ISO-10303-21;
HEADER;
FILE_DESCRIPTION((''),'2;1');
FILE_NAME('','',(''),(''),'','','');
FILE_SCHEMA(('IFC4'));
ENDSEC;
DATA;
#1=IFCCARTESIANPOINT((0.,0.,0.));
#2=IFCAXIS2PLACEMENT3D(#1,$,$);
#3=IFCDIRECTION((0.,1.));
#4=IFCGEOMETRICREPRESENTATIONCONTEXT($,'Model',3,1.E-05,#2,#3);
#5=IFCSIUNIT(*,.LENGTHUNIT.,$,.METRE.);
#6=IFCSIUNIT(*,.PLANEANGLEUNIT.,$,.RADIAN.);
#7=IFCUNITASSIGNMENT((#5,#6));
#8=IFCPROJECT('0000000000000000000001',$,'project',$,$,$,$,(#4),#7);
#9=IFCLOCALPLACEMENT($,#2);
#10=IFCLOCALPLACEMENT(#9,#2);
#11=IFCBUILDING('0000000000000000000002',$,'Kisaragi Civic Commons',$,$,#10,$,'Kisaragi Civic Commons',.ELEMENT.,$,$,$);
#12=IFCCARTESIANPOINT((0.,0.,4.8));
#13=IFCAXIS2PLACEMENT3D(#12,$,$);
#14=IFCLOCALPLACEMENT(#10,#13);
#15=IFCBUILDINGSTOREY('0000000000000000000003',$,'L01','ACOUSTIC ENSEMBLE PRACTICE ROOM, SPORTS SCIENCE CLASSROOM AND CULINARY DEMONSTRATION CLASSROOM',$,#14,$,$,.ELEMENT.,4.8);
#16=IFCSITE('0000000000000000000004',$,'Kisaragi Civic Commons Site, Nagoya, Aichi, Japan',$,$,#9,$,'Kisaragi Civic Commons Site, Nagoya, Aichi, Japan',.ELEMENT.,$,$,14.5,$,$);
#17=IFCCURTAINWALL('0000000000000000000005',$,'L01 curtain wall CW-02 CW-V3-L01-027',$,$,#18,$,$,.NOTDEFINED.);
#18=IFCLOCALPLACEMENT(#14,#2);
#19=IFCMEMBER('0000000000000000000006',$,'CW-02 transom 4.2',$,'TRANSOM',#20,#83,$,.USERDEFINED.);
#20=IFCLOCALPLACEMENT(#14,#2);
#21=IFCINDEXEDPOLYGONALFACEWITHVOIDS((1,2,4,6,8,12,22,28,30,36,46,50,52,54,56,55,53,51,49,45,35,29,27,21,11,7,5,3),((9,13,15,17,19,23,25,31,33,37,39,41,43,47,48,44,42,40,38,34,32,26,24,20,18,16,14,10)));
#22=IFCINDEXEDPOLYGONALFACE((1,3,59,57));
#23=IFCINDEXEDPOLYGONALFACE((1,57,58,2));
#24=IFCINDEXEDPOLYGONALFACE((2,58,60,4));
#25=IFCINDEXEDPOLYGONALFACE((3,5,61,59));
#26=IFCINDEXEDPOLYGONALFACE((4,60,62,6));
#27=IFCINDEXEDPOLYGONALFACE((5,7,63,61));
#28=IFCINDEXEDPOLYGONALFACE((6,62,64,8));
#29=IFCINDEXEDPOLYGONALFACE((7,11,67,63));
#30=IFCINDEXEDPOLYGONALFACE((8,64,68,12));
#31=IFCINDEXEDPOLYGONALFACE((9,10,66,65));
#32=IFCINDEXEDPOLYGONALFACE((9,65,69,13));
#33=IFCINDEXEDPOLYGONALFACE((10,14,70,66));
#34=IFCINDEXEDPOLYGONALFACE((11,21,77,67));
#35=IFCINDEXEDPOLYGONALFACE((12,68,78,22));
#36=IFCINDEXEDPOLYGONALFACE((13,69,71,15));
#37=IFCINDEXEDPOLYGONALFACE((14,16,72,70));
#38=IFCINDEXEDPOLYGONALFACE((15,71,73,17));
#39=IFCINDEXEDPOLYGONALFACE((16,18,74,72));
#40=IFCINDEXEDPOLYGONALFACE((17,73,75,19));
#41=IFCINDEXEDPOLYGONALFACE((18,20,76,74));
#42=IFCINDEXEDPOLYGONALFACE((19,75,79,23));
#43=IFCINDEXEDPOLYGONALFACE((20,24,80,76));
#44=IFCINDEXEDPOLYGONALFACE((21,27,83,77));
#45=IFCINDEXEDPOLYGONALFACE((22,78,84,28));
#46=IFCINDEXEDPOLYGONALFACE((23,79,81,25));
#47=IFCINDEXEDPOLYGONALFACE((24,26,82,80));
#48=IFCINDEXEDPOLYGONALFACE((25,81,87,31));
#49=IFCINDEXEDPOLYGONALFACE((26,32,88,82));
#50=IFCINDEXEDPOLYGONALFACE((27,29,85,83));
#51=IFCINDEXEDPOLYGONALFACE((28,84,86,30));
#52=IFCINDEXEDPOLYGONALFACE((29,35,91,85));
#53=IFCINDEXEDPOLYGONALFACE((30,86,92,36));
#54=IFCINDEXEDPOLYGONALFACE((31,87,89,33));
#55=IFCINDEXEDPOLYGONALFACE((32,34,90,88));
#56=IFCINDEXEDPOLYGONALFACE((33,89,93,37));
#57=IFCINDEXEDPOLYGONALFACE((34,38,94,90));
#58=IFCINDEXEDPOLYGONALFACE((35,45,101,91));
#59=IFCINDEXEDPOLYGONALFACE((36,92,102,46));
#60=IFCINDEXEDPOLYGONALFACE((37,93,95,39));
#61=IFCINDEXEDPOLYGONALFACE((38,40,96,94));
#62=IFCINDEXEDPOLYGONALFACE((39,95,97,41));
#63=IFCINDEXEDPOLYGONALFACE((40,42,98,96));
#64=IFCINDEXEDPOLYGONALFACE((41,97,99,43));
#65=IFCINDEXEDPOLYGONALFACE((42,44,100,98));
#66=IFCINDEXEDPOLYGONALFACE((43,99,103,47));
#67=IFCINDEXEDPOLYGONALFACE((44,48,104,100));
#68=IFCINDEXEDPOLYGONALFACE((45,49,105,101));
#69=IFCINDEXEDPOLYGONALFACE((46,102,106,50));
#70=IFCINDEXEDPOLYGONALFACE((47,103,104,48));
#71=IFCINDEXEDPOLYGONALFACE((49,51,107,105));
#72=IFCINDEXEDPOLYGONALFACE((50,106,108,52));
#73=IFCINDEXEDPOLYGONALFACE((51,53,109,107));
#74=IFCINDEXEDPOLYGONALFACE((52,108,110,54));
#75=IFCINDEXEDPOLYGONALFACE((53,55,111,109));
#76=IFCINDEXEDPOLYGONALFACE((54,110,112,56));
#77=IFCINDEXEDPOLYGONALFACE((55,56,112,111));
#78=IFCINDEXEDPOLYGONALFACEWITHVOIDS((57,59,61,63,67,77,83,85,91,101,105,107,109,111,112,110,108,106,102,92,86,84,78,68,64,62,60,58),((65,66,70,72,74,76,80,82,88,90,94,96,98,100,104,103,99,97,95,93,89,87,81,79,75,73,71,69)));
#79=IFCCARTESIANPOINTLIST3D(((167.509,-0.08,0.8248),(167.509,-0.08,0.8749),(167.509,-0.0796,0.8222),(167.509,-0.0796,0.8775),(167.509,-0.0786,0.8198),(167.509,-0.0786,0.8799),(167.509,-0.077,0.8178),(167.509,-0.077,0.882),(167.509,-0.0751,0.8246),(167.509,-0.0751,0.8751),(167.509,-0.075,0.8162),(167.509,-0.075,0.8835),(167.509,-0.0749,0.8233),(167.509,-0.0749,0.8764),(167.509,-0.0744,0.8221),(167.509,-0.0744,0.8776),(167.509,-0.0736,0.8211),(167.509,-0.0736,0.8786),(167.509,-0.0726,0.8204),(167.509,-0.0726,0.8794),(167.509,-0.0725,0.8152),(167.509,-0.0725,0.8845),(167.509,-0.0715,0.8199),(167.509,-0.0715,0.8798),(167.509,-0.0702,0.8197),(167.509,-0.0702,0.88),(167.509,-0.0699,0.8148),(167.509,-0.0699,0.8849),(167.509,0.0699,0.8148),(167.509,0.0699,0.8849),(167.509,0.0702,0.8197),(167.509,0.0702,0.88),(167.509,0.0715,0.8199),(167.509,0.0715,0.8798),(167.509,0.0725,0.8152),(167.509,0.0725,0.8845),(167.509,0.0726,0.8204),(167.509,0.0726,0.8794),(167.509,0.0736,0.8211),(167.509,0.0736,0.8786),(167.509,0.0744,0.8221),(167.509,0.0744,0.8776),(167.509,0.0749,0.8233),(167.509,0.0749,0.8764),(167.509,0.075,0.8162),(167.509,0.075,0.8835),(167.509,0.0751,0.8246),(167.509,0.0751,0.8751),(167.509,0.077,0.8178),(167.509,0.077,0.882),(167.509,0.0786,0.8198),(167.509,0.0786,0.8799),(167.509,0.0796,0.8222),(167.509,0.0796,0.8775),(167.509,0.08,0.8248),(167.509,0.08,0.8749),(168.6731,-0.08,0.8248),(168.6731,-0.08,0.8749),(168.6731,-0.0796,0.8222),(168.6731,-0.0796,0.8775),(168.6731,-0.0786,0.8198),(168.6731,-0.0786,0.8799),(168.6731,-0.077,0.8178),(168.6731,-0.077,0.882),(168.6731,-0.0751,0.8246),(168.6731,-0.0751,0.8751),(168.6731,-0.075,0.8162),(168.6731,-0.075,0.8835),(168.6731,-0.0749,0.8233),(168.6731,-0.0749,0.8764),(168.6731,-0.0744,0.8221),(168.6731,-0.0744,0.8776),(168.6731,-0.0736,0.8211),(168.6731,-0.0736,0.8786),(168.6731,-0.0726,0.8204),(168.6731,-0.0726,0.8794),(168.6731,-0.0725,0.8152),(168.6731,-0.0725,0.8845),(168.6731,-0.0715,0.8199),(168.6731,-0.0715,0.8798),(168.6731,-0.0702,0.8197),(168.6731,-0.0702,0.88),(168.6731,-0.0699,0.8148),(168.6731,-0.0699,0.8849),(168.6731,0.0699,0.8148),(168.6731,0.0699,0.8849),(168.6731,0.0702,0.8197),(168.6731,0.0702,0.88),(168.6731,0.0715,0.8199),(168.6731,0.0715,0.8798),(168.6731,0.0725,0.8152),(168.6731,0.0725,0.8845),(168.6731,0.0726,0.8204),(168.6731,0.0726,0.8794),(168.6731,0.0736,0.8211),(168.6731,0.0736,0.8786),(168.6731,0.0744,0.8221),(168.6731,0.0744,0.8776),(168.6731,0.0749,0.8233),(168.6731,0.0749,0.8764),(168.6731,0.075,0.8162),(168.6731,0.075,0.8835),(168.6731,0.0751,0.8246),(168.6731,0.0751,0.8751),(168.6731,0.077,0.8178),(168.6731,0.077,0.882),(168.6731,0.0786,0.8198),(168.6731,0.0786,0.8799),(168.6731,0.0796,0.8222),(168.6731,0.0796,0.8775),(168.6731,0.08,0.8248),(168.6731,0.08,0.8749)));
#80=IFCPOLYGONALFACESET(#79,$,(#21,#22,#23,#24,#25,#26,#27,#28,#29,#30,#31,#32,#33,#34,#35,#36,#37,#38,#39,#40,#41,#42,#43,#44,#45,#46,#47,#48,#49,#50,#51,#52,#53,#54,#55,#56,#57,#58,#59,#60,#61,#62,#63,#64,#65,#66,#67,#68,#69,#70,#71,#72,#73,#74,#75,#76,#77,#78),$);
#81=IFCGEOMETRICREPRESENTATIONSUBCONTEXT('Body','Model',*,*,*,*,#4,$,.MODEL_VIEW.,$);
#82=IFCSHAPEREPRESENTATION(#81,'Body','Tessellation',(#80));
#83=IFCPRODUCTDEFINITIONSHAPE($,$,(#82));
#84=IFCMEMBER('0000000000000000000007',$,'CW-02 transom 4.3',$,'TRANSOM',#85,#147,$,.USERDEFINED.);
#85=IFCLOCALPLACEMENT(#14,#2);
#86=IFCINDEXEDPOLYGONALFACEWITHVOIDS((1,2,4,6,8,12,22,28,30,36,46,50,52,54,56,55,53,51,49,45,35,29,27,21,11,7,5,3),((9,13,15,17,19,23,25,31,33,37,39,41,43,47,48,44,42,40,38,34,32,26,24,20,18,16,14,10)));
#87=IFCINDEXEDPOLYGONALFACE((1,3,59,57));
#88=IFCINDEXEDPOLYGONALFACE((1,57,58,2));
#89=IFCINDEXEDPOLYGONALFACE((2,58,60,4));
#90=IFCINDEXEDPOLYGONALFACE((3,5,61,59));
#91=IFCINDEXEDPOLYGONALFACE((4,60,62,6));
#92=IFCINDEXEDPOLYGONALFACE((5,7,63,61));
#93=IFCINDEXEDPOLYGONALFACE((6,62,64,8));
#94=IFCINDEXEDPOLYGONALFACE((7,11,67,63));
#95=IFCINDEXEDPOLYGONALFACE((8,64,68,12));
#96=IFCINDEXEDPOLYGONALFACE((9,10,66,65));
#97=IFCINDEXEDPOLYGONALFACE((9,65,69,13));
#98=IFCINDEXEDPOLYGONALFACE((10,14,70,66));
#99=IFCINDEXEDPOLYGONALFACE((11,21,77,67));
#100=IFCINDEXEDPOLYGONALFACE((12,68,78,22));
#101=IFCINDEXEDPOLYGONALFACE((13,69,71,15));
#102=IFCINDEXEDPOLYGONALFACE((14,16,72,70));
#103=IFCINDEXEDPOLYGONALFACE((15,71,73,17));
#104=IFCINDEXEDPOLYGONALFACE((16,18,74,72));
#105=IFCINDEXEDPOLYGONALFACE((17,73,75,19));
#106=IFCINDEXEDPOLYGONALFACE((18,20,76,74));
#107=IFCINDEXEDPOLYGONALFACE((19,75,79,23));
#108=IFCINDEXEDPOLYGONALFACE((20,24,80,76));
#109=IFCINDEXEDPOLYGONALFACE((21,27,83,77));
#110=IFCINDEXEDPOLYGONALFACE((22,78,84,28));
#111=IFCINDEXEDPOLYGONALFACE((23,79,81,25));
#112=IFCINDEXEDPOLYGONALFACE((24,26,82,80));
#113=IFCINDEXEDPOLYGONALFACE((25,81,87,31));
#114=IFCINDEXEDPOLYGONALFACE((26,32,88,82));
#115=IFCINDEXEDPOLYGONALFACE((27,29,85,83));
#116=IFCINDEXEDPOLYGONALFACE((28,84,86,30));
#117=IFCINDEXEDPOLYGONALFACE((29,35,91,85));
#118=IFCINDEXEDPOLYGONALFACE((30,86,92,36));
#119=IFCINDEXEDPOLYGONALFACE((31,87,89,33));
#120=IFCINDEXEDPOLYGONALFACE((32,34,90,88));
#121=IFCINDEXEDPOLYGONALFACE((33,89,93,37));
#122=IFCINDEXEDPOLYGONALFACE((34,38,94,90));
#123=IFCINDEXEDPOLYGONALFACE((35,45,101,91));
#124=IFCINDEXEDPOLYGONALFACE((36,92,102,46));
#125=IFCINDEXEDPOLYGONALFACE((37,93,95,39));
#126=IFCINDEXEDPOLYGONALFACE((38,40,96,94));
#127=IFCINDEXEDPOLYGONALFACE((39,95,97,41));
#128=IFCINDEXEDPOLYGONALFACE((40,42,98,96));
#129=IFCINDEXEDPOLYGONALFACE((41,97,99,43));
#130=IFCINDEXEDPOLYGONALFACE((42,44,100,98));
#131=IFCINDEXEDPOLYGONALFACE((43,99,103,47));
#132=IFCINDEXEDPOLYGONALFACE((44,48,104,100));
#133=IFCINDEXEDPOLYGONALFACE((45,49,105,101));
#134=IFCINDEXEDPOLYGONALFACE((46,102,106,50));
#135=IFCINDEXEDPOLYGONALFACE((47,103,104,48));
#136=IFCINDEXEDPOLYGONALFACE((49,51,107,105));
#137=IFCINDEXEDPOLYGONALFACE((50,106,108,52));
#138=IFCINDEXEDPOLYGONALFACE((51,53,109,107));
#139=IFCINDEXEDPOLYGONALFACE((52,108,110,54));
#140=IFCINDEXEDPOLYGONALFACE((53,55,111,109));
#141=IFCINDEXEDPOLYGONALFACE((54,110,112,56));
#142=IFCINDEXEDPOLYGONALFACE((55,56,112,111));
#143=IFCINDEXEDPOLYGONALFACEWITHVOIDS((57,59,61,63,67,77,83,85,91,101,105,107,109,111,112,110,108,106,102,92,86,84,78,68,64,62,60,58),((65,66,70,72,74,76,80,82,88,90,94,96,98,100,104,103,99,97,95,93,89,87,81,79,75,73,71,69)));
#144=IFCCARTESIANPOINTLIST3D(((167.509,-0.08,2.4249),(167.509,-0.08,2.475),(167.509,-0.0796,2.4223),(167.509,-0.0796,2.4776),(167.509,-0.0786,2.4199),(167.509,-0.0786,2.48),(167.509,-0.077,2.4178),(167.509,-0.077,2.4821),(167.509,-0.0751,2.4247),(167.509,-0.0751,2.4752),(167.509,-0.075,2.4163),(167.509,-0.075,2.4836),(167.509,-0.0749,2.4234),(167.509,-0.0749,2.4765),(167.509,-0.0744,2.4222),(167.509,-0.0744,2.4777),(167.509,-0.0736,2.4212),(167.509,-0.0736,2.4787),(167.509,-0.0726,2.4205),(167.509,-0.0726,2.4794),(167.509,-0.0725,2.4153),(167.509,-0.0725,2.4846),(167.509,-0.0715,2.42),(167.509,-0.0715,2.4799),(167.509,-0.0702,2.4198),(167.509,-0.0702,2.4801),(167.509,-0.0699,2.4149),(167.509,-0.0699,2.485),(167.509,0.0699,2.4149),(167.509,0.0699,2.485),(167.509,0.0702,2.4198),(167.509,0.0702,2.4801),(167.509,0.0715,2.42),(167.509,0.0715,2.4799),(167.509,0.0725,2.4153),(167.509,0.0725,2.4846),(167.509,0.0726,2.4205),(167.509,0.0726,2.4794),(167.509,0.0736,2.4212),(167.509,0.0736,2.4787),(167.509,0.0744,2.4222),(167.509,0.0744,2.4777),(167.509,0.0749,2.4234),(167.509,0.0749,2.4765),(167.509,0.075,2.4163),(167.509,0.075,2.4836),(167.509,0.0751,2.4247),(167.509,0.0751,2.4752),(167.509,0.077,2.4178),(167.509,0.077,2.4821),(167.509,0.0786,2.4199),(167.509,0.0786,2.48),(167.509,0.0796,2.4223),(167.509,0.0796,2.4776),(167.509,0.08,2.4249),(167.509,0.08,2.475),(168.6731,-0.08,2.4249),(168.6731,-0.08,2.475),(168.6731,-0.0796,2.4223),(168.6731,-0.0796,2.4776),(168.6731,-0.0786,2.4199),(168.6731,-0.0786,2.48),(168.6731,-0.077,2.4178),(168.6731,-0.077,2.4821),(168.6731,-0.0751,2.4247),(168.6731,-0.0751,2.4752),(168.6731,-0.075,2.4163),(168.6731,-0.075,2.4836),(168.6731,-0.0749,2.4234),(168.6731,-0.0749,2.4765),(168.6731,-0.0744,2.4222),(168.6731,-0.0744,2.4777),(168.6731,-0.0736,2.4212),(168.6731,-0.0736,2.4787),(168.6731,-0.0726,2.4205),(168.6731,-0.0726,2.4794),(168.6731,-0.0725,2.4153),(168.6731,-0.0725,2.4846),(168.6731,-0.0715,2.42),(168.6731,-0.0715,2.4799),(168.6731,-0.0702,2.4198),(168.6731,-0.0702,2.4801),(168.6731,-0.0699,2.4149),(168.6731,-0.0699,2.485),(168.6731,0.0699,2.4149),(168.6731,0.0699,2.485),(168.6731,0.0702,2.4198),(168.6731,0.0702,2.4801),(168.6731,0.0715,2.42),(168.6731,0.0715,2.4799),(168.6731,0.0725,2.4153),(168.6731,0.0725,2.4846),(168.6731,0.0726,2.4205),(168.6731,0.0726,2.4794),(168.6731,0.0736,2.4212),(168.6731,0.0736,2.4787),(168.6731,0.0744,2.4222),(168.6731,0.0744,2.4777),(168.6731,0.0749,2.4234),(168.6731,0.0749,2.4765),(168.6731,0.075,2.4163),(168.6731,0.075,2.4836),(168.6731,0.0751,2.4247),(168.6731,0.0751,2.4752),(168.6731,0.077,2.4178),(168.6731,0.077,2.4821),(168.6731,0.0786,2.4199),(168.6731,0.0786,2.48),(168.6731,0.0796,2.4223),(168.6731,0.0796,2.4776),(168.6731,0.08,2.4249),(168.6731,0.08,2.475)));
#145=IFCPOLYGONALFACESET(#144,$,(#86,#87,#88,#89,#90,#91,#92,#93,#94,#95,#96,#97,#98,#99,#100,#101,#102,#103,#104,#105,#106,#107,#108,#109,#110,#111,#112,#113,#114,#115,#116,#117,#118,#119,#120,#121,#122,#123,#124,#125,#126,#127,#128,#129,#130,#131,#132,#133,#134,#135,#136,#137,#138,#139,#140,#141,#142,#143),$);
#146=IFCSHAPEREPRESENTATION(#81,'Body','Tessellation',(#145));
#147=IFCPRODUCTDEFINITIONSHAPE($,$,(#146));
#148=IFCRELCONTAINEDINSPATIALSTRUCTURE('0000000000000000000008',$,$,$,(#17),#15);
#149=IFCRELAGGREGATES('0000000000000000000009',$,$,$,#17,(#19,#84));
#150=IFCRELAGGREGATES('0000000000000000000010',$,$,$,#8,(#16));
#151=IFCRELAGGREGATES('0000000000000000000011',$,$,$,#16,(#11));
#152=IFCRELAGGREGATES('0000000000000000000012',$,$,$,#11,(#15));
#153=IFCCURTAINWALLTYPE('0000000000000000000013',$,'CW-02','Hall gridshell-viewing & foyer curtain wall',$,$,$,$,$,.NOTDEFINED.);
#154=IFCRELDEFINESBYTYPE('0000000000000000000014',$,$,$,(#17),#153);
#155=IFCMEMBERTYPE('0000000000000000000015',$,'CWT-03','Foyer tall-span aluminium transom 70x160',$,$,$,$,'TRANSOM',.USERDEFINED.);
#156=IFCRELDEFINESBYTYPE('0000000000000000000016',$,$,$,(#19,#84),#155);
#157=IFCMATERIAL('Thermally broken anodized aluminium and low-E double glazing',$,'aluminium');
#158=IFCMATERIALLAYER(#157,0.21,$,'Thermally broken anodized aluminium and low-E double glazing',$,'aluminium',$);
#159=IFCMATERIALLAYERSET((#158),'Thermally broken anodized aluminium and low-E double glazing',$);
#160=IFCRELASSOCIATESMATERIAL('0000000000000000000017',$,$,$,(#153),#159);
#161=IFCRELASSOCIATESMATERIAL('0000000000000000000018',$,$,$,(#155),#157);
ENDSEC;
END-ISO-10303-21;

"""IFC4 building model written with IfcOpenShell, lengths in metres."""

from ifc_helpers import new_model, si_unit, direction, frame, origin, origin_2d, place, context, subcontext, project, spatial, hollow_rectangle, extrude, material, layer, layer_set, material_profile, profile_set, type_object, element, aggregate, save


model = new_model("IFC4")

# Units and contexts
model_context = context("Model", 3, precision=1e-05, world=origin(), true_north=direction((0.0, 1.0)))
body_context = subcontext(model_context, "Body", "Model", "MODEL_VIEW")
ifc_project = project(units=[si_unit("LENGTHUNIT", "METRE"), si_unit("PLANEANGLEUNIT", "RADIAN")], contexts=[model_context])

# Site, building, storey
site_placement = place(None, origin())
site = spatial("IfcSite", under=ifc_project, at=site_placement, Name="Kisaragi Civic Commons Site, Nagoya, Aichi, Japan", LongName="Kisaragi Civic Commons Site, Nagoya, Aichi, Japan", CompositionType="ELEMENT", RefElevation=14.5)
building_placement = place(site_placement, origin())
building = spatial("IfcBuilding", under=site, at=building_placement, Name="Kisaragi Civic Commons", LongName="Kisaragi Civic Commons", CompositionType="ELEMENT")
storey_placement = place(building_placement, frame((0.0, 0.0, 4.8)))
storey = spatial("IfcBuildingStorey", under=building, at=storey_placement, Name="L01", Description="ACOUSTIC ENSEMBLE PRACTICE ROOM, SPORTS SCIENCE CLASSROOM AND CULINARY DEMONSTRATION CLASSROOM", CompositionType="ELEMENT", Elevation=4.8)

# Curtain wall, members
ifc_material = material(Name="Thermally broken anodized aluminium and low-E double glazing", Category="aluminium")
ifc_layer_1 = layer(ifc_material, 0.21, Name="Thermally broken anodized aluminium and low-E double glazing", Category="aluminium")
ifc_layer_set_1 = layer_set([ifc_layer_1], Name="Thermally broken anodized aluminium and low-E double glazing")
curtain_wall_type = type_object("IfcCurtainWallType", Name="CW-02", Description="Hall gridshell-viewing & foyer curtain wall", PredefinedType="NOTDEFINED", material=ifc_layer_set_1)
curtain_wall_placement = place(storey_placement, origin())
curtain_wall = element("IfcCurtainWall", 1, at=curtain_wall_placement, inside=storey, type_object=curtain_wall_type, Name="L01 curtain wall CW-02 CW-V3-L01-027", PredefinedType="NOTDEFINED")
ifc_material_profile_1 = material_profile(ifc_material, hollow_rectangle(XDim=0.1599, YDim=0.0701, WallThickness=0.0049, InnerFilletRadius=0.0049, OuterFilletRadius=0.01, at=origin_2d()), Name="CWT-70x160x5", Category="aluminium")
ifc_profile_set_1 = profile_set([ifc_material_profile_1], Name="Thermally broken anodized aluminium and low-E double glazing")
member_type_1 = type_object("IfcMemberType", Name="CWT-03", Description="Foyer tall-span aluminium transom 70x160", ElementType="TRANSOM", PredefinedType="USERDEFINED", material=ifc_profile_set_1)
member_1_placement = place(storey_placement, frame((168.6731, 0.0, 0.8499), z_axis=(-1.0, 0.0, 0.0), x_axis=(0.0, -1.0, 0.0)))
member_1 = element("IfcMember", 2, at=member_1_placement, type_object=member_type_1, Name="CW-02 transom 4.2", ObjectType="TRANSOM", PredefinedType="USERDEFINED", context=body_context, shape_type="SweptSolid", body=[
    extrude(hollow_rectangle(XDim=0.1599, YDim=0.0701, WallThickness=0.0049, InnerFilletRadius=0.0049, OuterFilletRadius=0.01, at=origin_2d()), origin(), (0.0, 0.0, 1.0), 1.1641),
])
member_2_placement = place(storey_placement, frame((168.6731, 0.0, 2.45), z_axis=(-1.0, 0.0, 0.0), x_axis=(0.0, -1.0, 0.0)))
member_2 = element("IfcMember", 3, at=member_2_placement, type_object=member_type_1, Name="CW-02 transom 4.3", ObjectType="TRANSOM", PredefinedType="USERDEFINED", context=body_context, shape_type="SweptSolid", body=[
    extrude(hollow_rectangle(XDim=0.1599, YDim=0.0701, WallThickness=0.0049, InnerFilletRadius=0.0049, OuterFilletRadius=0.01, at=origin_2d()), origin(), (0.0, 0.0, 1.0), 1.1641),
])
aggregate(curtain_wall, [member_1, member_2])

save(model, "model.ifc")
